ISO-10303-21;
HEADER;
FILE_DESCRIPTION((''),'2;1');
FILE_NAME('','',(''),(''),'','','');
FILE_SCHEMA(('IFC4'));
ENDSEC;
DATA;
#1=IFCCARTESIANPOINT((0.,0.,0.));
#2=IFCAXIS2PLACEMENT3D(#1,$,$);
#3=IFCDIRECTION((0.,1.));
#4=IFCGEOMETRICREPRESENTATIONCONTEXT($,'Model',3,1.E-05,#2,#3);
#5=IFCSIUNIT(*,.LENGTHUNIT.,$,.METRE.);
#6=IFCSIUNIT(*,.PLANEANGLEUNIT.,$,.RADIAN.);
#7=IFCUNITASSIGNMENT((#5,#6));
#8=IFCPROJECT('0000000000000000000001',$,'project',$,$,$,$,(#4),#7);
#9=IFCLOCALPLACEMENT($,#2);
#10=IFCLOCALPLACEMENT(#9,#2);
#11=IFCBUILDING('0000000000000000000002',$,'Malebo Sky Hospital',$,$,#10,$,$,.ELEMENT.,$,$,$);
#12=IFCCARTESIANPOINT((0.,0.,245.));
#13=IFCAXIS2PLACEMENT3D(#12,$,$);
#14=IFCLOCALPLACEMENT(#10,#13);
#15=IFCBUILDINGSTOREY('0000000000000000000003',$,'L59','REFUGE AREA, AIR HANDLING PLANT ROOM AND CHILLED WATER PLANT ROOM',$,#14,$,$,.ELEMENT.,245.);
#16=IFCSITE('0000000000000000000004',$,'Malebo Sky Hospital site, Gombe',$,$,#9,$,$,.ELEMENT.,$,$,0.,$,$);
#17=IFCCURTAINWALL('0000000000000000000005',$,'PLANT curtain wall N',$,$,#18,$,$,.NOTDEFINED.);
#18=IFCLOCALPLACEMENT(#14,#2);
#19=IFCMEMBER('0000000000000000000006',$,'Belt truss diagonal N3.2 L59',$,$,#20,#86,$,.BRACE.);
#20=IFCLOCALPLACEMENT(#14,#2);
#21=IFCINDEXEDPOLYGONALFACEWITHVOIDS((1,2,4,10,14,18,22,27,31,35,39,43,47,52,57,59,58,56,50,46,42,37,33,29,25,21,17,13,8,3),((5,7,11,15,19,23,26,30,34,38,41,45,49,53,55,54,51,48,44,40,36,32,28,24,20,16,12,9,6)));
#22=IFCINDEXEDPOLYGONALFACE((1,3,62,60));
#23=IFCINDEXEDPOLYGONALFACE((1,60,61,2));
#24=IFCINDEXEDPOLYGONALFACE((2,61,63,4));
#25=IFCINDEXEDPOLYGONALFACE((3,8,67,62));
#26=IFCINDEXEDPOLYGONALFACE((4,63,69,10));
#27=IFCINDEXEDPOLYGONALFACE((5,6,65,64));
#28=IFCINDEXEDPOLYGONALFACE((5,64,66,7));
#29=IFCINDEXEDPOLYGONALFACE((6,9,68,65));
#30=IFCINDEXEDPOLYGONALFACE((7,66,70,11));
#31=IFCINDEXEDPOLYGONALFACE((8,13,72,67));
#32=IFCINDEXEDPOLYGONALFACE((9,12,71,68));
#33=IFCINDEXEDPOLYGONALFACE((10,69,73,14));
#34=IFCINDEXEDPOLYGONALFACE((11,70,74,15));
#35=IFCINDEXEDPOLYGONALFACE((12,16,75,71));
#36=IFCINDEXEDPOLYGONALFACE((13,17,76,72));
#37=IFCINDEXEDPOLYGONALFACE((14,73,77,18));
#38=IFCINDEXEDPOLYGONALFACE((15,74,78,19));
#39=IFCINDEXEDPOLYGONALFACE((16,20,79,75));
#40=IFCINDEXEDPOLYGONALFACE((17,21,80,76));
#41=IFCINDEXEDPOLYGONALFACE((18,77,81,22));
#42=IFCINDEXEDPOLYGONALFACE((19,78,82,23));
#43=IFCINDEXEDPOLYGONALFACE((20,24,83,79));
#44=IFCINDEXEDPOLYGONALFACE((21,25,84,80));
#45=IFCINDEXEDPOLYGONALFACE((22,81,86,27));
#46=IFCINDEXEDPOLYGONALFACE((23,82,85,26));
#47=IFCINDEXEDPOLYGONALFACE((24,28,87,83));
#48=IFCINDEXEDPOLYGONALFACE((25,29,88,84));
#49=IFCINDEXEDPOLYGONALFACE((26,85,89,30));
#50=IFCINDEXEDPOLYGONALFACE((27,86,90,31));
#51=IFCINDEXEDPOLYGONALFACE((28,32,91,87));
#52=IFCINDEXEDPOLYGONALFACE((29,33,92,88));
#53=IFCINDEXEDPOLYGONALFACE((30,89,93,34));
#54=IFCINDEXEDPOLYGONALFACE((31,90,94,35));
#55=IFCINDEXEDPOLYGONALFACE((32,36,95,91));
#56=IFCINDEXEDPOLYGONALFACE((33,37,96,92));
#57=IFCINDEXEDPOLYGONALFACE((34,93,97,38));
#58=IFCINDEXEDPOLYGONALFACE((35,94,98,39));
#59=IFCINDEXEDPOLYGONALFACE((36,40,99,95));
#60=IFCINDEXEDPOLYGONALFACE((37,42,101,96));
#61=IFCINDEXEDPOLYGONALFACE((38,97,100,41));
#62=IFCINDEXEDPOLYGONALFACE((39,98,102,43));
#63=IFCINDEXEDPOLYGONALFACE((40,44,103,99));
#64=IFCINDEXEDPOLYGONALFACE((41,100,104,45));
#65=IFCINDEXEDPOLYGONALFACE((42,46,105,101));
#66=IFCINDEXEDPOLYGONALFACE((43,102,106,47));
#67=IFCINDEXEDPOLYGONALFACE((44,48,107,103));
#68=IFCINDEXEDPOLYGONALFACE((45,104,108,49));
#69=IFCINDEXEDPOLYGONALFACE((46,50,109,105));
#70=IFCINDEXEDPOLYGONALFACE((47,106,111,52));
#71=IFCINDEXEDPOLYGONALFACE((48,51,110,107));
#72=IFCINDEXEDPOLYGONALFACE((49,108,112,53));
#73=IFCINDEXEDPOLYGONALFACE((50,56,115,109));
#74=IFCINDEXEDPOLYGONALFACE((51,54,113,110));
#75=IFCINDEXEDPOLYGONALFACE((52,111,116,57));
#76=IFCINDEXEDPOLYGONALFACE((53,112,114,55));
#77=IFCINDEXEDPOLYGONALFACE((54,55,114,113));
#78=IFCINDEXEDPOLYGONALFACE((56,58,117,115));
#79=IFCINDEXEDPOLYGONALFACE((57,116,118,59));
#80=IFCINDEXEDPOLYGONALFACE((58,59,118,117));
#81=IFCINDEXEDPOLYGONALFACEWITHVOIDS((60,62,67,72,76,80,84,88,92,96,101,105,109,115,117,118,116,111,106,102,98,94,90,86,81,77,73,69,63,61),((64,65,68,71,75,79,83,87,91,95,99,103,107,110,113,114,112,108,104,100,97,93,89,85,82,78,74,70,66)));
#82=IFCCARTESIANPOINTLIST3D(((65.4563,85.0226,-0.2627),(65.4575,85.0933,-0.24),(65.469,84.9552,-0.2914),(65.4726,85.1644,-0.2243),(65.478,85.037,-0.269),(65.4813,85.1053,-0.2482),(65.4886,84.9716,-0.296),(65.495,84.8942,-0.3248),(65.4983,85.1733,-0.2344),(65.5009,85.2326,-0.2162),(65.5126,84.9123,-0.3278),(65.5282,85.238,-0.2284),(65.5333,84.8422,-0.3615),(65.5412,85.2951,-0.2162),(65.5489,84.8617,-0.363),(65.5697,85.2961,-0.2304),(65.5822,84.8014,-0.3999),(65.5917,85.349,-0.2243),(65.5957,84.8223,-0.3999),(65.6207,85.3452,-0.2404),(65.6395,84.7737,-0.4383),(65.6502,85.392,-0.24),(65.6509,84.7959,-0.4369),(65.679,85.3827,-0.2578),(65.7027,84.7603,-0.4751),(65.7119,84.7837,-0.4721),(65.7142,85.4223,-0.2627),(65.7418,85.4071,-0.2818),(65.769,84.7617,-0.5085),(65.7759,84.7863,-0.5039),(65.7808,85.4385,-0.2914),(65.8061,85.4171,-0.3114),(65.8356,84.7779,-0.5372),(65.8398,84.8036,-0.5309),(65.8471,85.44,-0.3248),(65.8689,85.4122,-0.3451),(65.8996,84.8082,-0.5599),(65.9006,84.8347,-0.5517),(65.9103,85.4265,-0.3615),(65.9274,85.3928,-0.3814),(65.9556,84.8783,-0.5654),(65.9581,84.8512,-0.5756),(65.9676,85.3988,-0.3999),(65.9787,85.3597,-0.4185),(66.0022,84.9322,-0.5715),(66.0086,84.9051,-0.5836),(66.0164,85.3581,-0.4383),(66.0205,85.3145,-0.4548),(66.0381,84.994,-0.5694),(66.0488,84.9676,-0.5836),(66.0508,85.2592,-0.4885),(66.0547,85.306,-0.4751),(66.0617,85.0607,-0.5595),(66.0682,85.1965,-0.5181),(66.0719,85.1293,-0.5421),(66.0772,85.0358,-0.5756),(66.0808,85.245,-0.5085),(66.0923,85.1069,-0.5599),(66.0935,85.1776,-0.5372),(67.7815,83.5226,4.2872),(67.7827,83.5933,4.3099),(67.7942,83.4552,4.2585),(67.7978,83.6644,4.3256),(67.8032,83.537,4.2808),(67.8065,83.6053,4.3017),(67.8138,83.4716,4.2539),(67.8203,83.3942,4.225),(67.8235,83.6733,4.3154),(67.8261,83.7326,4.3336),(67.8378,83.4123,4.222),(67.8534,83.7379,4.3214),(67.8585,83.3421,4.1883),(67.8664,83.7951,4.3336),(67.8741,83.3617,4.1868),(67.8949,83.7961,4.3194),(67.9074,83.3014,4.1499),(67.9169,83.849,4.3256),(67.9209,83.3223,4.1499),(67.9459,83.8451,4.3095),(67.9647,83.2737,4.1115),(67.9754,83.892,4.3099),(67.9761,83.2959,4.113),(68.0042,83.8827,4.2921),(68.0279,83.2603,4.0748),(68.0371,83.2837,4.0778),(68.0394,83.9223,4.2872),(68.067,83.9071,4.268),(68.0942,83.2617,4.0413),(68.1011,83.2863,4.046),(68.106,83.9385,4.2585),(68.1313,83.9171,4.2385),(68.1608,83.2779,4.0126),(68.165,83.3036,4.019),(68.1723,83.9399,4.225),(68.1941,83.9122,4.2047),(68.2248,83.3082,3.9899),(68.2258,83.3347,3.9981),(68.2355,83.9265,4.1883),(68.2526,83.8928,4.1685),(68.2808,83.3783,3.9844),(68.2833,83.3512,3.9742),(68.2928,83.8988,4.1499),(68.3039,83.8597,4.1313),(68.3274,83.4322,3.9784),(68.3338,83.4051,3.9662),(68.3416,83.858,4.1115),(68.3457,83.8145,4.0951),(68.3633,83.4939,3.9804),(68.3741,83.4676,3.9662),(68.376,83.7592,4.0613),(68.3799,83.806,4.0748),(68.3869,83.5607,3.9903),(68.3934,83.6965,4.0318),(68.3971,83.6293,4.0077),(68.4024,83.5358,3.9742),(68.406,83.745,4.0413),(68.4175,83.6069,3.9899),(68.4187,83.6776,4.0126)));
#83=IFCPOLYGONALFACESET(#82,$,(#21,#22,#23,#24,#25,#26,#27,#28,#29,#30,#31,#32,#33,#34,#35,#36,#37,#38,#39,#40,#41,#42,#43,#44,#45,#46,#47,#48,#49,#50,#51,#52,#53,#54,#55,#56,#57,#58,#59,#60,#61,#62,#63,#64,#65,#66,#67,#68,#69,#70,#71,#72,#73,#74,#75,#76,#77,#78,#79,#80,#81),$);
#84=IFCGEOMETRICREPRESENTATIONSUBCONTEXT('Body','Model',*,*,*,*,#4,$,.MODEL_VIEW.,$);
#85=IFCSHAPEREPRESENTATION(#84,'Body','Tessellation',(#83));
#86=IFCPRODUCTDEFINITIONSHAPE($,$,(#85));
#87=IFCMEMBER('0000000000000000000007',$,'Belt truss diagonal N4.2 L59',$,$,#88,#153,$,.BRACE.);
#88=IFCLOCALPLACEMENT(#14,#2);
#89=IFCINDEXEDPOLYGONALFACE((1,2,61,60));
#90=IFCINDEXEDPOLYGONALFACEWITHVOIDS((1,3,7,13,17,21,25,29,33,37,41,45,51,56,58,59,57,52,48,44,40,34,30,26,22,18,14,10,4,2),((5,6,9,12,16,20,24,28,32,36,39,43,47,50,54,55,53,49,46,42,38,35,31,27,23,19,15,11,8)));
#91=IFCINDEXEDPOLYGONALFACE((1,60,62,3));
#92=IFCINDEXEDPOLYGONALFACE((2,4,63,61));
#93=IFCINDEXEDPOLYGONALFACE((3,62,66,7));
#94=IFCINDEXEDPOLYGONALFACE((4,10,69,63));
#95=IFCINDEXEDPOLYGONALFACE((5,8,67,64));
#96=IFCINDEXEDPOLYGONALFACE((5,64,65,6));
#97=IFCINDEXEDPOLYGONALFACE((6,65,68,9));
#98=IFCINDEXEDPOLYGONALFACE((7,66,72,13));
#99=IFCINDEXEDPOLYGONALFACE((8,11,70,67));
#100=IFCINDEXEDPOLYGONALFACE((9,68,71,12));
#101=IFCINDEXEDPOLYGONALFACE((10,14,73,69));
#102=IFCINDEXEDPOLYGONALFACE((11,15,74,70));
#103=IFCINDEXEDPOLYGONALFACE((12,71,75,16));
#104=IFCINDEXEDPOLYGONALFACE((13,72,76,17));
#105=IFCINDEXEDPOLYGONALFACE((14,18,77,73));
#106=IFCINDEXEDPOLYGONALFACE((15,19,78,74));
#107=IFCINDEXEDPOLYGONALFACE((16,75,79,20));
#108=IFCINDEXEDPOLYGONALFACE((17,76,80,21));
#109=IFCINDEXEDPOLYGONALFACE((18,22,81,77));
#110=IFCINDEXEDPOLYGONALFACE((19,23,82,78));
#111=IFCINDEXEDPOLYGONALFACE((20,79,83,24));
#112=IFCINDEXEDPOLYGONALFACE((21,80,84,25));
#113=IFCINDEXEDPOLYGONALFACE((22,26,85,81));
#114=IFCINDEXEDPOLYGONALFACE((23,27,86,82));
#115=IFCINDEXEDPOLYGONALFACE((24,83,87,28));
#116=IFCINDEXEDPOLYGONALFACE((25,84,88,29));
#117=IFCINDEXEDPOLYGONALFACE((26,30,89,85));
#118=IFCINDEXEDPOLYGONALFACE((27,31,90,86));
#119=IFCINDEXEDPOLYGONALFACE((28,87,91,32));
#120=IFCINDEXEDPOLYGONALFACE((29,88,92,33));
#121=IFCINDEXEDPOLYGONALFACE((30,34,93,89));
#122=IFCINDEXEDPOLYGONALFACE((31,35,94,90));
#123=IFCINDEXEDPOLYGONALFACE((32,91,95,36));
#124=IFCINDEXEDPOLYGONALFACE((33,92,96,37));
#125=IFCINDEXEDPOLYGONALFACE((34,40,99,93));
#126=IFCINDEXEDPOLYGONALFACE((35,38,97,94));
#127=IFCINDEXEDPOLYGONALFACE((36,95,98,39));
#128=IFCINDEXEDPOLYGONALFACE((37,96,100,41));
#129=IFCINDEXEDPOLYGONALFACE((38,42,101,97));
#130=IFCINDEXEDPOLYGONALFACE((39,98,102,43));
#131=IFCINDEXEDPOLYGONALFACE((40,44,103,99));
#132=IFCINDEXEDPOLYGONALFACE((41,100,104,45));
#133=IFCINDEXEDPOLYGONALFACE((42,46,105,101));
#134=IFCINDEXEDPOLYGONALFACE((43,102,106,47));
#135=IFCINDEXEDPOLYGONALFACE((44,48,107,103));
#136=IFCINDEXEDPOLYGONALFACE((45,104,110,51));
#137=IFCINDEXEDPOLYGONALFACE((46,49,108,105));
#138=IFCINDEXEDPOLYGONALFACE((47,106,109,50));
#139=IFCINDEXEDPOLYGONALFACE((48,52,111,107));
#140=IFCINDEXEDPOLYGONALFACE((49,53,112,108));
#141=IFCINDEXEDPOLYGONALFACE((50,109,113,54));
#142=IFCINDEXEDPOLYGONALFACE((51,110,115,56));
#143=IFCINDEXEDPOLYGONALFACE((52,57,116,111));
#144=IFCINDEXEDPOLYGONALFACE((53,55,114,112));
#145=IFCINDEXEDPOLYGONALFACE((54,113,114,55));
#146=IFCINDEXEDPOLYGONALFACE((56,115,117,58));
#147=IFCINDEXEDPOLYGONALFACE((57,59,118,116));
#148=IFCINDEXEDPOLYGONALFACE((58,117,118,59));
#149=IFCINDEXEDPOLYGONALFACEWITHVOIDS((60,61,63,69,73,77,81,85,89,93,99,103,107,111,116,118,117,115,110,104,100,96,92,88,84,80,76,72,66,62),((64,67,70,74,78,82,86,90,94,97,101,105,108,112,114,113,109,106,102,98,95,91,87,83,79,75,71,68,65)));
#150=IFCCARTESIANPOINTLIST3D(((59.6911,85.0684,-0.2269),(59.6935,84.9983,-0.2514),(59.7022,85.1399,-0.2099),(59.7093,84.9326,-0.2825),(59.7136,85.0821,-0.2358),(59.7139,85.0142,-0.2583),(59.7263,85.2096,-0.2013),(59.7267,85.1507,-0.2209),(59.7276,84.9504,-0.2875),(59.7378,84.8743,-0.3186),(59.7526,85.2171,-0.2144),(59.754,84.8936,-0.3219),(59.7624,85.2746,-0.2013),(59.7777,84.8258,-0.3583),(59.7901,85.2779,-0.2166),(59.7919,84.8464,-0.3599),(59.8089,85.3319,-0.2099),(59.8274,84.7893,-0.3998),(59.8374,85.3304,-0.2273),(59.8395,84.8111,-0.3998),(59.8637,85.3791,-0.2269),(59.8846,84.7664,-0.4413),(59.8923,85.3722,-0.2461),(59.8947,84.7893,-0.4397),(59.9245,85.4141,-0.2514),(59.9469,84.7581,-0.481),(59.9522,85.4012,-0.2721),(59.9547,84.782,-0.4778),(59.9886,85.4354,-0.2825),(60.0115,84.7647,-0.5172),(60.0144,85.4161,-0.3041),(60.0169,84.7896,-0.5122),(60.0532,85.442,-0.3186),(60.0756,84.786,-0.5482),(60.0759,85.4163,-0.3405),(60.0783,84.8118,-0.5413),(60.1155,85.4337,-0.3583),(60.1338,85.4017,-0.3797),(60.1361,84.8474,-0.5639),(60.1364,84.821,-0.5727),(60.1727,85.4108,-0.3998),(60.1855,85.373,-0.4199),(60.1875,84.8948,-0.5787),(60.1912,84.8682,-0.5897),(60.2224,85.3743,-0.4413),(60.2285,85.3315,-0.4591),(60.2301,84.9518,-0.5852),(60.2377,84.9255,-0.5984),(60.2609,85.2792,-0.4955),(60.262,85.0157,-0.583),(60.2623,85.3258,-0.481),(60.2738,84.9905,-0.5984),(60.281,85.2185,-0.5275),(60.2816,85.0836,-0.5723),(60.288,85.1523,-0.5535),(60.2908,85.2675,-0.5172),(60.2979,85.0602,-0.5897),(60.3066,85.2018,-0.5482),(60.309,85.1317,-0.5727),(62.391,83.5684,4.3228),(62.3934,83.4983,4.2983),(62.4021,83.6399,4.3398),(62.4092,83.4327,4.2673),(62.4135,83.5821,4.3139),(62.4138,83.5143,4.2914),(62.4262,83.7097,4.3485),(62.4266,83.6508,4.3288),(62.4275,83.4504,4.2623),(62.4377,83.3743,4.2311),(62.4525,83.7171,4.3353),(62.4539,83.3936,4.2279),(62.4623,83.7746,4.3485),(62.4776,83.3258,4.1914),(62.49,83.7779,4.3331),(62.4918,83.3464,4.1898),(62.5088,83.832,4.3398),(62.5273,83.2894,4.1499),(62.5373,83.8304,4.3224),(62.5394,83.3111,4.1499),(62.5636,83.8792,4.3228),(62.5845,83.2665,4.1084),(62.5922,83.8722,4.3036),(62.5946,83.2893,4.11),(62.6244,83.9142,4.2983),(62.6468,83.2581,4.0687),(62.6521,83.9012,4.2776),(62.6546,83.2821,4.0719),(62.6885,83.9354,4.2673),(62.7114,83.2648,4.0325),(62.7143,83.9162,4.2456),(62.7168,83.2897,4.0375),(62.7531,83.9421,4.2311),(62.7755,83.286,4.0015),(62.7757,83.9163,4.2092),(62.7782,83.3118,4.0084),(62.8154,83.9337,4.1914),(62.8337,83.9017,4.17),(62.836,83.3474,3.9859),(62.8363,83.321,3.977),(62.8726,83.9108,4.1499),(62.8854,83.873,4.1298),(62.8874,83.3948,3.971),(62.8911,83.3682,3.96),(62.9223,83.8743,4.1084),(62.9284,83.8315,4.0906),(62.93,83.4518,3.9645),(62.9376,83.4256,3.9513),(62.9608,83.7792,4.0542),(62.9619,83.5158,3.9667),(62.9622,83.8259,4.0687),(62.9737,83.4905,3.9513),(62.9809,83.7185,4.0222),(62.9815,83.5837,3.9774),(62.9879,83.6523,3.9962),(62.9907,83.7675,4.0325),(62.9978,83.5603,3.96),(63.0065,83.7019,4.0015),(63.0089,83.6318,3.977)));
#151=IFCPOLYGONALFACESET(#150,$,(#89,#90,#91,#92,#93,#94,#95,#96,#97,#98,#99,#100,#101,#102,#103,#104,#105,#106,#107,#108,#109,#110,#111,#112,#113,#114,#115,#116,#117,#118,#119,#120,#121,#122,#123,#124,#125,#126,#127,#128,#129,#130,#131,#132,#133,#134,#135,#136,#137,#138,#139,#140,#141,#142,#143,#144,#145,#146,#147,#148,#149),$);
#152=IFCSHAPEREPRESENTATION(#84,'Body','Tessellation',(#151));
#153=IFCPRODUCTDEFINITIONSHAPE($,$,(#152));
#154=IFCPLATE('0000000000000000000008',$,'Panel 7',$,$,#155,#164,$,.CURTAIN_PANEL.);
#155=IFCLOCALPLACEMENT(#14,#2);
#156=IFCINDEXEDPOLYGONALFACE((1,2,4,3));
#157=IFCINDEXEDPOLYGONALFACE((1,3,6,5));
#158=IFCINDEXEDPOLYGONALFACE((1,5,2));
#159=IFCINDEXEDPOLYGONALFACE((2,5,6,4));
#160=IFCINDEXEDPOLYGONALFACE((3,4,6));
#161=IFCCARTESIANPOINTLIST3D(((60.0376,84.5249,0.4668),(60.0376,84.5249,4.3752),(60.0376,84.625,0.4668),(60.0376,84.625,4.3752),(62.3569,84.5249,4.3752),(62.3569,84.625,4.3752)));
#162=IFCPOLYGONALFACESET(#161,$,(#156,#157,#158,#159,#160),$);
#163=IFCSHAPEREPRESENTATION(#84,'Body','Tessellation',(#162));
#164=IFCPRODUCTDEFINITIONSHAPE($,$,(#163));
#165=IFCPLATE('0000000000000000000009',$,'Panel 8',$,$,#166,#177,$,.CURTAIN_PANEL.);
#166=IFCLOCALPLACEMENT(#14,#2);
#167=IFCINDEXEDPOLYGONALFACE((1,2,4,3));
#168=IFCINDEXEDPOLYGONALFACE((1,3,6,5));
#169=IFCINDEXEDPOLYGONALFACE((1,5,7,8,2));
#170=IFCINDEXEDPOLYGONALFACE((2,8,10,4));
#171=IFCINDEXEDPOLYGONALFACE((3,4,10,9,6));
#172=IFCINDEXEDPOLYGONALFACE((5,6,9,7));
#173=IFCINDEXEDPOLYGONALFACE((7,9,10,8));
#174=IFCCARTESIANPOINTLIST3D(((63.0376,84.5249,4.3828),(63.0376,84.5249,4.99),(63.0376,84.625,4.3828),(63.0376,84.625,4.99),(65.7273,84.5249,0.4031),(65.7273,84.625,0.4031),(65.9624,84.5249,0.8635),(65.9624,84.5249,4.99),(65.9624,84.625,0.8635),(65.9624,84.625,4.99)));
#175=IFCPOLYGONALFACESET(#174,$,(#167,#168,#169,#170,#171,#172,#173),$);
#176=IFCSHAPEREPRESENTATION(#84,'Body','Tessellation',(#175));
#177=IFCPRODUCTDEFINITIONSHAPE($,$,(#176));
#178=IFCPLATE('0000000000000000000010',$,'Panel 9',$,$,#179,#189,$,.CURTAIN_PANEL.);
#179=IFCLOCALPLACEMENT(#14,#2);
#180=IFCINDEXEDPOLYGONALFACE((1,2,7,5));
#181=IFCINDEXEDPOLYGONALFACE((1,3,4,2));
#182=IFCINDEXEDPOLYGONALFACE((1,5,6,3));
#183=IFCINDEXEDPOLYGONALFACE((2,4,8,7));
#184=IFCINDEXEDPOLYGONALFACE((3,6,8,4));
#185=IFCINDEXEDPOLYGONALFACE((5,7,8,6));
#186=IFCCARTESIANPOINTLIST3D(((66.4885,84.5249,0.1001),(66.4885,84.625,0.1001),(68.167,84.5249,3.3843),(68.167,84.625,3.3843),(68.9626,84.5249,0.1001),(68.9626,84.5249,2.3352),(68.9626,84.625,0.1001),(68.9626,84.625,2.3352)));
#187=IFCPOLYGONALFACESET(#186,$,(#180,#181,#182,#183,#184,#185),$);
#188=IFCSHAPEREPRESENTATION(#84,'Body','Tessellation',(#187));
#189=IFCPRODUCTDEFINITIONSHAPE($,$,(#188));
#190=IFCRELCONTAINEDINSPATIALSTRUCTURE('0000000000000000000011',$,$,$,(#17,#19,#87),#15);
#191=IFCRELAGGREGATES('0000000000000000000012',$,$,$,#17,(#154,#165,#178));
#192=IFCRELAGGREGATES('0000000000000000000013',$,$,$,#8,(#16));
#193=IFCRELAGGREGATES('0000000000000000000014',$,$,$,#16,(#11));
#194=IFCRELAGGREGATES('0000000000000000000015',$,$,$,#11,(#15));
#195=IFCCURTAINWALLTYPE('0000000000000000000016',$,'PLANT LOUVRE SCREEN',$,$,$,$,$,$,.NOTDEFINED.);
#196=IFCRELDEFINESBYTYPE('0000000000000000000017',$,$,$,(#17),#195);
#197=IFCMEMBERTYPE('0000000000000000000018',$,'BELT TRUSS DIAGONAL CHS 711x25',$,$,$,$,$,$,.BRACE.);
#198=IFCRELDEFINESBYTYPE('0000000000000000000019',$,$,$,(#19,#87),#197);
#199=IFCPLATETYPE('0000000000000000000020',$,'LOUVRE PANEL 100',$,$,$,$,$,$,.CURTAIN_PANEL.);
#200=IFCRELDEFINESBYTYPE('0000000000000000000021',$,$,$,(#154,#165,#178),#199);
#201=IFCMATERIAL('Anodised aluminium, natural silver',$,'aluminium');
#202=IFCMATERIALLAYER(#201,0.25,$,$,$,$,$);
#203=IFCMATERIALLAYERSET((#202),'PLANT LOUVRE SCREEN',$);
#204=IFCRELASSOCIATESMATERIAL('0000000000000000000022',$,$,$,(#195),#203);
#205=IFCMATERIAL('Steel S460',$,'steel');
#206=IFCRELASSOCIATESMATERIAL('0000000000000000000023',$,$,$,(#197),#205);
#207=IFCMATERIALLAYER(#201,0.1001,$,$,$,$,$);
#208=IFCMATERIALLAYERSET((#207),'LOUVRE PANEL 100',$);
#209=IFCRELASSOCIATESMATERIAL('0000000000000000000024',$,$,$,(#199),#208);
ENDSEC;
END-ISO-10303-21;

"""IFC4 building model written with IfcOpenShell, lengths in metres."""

from ifc_helpers import new_model, si_unit, direction, frame, origin, origin_2d, place, context, subcontext, project, spatial, polyline, hollow_circle, outline, extrude, material, layer, layer_set, material_profile, profile_set, type_object, element, aggregate, save


model = new_model("IFC4")

# Units and contexts
model_context = context("Model", 3, precision=1e-05, world=origin(), true_north=direction((0.0, 1.0)))
body_context = subcontext(model_context, "Body", "Model", "MODEL_VIEW")
ifc_project = project(units=[si_unit("LENGTHUNIT", "METRE"), si_unit("PLANEANGLEUNIT", "RADIAN")], contexts=[model_context])

# Site, building, storey
site_placement = place(None, origin())
site = spatial("IfcSite", under=ifc_project, at=site_placement, Name="Malebo Sky Hospital site, Gombe", CompositionType="ELEMENT", RefElevation=0.0)
building_placement = place(site_placement, origin())
building = spatial("IfcBuilding", under=site, at=building_placement, Name="Malebo Sky Hospital", CompositionType="ELEMENT")
storey_placement = place(building_placement, frame((0.0, 0.0, 245.0)))
storey = spatial("IfcBuildingStorey", under=building, at=storey_placement, Name="L59", Description="REFUGE AREA, AIR HANDLING PLANT ROOM AND CHILLED WATER PLANT ROOM", CompositionType="ELEMENT", Elevation=245.0)

# Curtain wall
ifc_material_1 = material(Name="Anodised aluminium, natural silver", Category="aluminium")
ifc_layer_1 = layer(ifc_material_1, 0.25)
ifc_layer_set_1 = layer_set([ifc_layer_1], Name="PLANT LOUVRE SCREEN")
curtain_wall_type = type_object("IfcCurtainWallType", Name="PLANT LOUVRE SCREEN", PredefinedType="NOTDEFINED", material=ifc_layer_set_1)
curtain_wall_placement = place(storey_placement, origin())
curtain_wall = element("IfcCurtainWall", 1, at=curtain_wall_placement, inside=storey, type_object=curtain_wall_type, Name="PLANT curtain wall N", PredefinedType="NOTDEFINED")

# Members
ifc_material_2 = material(Name="Steel S460", Category="steel")
ifc_material_profile_1 = material_profile(ifc_material_2, hollow_circle(Radius=0.3555, WallThickness=0.0249, at=origin_2d()), Name="CHS 711x25")
ifc_profile_set_1 = profile_set([ifc_material_profile_1], Name="Steel S460")
member_type_1 = type_object("IfcMemberType", Name="BELT TRUSS DIAGONAL CHS 711x25", PredefinedType="BRACE", material=ifc_profile_set_1)
member_1_placement = place(storey_placement, frame((68.1001, 83.6001, 4.1499), z_axis=(-0.436644, 0.281682, -0.854399), x_axis=(-0.542095, -0.840317, 0.0)))
element("IfcMember", 2, at=member_1_placement, inside=storey, type_object=member_type_1, Name="Belt truss diagonal N3.2 L59", PredefinedType="BRACE", context=body_context, shape_type="SweptSolid", body=[
    extrude(hollow_circle(Radius=0.3555, WallThickness=0.0249, at=origin_2d()), origin(), (0.0, 0.0, 1.0), 5.3252),
])
member_2_placement = place(storey_placement, frame((62.7, 83.6001, 4.1499), z_axis=(-0.490978, 0.27277, -0.827368), x_axis=(-0.48565, -0.874154, 0.0)))
element("IfcMember", 3, at=member_2_placement, inside=storey, type_object=member_type_1, Name="Belt truss diagonal N4.2 L59", PredefinedType="BRACE", context=body_context, shape_type="SweptSolid", body=[
    extrude(hollow_circle(Radius=0.3555, WallThickness=0.0249, at=origin_2d()), origin(), (0.0, 0.0, 1.0), 5.499),
])

# Plates
ifc_layer_2 = layer(ifc_material_1, 0.1001)
ifc_layer_set_2 = layer_set([ifc_layer_2], Name="LOUVRE PANEL 100")
plate_type = type_object("IfcPlateType", Name="LOUVRE PANEL 100", PredefinedType="CURTAIN_PANEL", material=ifc_layer_set_2)
plate_1_placement = place(storey_placement, frame((61.1973, 84.575, 0.4668), z_axis=(0.0, 0.0, 1.0), x_axis=(1.0, 0.0, 0.0)))
plate_1 = element("IfcPlate", 4, at=plate_1_placement, type_object=plate_type, Name="Panel 7", PredefinedType="CURTAIN_PANEL", context=body_context, shape_type="SweptSolid", body=[
    extrude(outline(polyline([(-1.1597, 0.0), (1.1597, 3.9084), (-1.1597, 3.9084), (-1.1597, 0.0)])), frame((0.0, 0.05, 0.0), z_axis=(0.0, -1.0, 0.0), x_axis=(1.0, 0.0, 0.0)), (0.0, 0.0, 1.0), 0.1001),
])
plate_2_placement = place(storey_placement, frame((64.5, 84.575, 0.4031), z_axis=(0.0, 0.0, 1.0), x_axis=(1.0, 0.0, 0.0)))
plate_2 = element("IfcPlate", 5, at=plate_2_placement, type_object=plate_type, Name="Panel 8", PredefinedType="CURTAIN_PANEL", context=body_context, shape_type="SweptSolid", body=[
    extrude(outline(polyline([(1.2273, 0.0), (1.4624, 0.4604), (1.4624, 4.5869), (-1.4624, 4.5869), (-1.4624, 3.9797), (1.2273, 0.0)])), frame((0.0, 0.05, 0.0), z_axis=(0.0, -1.0, 0.0), x_axis=(1.0, 0.0, 0.0)), (0.0, 0.0, 1.0), 0.1001),
])
plate_3_placement = place(storey_placement, frame((67.7256, 84.575, 0.1001), z_axis=(0.0, 0.0, 1.0), x_axis=(1.0, 0.0, 0.0)))
plate_3 = element("IfcPlate", 6, at=plate_3_placement, type_object=plate_type, Name="Panel 9", PredefinedType="CURTAIN_PANEL", context=body_context, shape_type="SweptSolid", body=[
    extrude(outline(polyline([(-1.2371, 0.0), (1.2371, 0.0), (1.2371, 2.2351), (0.4414, 3.2842), (-1.2371, 0.0)])), frame((0.0, 0.05, 0.0), z_axis=(0.0, -1.0, 0.0), x_axis=(1.0, 0.0, 0.0)), (0.0, 0.0, 1.0), 0.1001),
])
aggregate(curtain_wall, [plate_1, plate_2, plate_3])

save(model, "model.ifc")
